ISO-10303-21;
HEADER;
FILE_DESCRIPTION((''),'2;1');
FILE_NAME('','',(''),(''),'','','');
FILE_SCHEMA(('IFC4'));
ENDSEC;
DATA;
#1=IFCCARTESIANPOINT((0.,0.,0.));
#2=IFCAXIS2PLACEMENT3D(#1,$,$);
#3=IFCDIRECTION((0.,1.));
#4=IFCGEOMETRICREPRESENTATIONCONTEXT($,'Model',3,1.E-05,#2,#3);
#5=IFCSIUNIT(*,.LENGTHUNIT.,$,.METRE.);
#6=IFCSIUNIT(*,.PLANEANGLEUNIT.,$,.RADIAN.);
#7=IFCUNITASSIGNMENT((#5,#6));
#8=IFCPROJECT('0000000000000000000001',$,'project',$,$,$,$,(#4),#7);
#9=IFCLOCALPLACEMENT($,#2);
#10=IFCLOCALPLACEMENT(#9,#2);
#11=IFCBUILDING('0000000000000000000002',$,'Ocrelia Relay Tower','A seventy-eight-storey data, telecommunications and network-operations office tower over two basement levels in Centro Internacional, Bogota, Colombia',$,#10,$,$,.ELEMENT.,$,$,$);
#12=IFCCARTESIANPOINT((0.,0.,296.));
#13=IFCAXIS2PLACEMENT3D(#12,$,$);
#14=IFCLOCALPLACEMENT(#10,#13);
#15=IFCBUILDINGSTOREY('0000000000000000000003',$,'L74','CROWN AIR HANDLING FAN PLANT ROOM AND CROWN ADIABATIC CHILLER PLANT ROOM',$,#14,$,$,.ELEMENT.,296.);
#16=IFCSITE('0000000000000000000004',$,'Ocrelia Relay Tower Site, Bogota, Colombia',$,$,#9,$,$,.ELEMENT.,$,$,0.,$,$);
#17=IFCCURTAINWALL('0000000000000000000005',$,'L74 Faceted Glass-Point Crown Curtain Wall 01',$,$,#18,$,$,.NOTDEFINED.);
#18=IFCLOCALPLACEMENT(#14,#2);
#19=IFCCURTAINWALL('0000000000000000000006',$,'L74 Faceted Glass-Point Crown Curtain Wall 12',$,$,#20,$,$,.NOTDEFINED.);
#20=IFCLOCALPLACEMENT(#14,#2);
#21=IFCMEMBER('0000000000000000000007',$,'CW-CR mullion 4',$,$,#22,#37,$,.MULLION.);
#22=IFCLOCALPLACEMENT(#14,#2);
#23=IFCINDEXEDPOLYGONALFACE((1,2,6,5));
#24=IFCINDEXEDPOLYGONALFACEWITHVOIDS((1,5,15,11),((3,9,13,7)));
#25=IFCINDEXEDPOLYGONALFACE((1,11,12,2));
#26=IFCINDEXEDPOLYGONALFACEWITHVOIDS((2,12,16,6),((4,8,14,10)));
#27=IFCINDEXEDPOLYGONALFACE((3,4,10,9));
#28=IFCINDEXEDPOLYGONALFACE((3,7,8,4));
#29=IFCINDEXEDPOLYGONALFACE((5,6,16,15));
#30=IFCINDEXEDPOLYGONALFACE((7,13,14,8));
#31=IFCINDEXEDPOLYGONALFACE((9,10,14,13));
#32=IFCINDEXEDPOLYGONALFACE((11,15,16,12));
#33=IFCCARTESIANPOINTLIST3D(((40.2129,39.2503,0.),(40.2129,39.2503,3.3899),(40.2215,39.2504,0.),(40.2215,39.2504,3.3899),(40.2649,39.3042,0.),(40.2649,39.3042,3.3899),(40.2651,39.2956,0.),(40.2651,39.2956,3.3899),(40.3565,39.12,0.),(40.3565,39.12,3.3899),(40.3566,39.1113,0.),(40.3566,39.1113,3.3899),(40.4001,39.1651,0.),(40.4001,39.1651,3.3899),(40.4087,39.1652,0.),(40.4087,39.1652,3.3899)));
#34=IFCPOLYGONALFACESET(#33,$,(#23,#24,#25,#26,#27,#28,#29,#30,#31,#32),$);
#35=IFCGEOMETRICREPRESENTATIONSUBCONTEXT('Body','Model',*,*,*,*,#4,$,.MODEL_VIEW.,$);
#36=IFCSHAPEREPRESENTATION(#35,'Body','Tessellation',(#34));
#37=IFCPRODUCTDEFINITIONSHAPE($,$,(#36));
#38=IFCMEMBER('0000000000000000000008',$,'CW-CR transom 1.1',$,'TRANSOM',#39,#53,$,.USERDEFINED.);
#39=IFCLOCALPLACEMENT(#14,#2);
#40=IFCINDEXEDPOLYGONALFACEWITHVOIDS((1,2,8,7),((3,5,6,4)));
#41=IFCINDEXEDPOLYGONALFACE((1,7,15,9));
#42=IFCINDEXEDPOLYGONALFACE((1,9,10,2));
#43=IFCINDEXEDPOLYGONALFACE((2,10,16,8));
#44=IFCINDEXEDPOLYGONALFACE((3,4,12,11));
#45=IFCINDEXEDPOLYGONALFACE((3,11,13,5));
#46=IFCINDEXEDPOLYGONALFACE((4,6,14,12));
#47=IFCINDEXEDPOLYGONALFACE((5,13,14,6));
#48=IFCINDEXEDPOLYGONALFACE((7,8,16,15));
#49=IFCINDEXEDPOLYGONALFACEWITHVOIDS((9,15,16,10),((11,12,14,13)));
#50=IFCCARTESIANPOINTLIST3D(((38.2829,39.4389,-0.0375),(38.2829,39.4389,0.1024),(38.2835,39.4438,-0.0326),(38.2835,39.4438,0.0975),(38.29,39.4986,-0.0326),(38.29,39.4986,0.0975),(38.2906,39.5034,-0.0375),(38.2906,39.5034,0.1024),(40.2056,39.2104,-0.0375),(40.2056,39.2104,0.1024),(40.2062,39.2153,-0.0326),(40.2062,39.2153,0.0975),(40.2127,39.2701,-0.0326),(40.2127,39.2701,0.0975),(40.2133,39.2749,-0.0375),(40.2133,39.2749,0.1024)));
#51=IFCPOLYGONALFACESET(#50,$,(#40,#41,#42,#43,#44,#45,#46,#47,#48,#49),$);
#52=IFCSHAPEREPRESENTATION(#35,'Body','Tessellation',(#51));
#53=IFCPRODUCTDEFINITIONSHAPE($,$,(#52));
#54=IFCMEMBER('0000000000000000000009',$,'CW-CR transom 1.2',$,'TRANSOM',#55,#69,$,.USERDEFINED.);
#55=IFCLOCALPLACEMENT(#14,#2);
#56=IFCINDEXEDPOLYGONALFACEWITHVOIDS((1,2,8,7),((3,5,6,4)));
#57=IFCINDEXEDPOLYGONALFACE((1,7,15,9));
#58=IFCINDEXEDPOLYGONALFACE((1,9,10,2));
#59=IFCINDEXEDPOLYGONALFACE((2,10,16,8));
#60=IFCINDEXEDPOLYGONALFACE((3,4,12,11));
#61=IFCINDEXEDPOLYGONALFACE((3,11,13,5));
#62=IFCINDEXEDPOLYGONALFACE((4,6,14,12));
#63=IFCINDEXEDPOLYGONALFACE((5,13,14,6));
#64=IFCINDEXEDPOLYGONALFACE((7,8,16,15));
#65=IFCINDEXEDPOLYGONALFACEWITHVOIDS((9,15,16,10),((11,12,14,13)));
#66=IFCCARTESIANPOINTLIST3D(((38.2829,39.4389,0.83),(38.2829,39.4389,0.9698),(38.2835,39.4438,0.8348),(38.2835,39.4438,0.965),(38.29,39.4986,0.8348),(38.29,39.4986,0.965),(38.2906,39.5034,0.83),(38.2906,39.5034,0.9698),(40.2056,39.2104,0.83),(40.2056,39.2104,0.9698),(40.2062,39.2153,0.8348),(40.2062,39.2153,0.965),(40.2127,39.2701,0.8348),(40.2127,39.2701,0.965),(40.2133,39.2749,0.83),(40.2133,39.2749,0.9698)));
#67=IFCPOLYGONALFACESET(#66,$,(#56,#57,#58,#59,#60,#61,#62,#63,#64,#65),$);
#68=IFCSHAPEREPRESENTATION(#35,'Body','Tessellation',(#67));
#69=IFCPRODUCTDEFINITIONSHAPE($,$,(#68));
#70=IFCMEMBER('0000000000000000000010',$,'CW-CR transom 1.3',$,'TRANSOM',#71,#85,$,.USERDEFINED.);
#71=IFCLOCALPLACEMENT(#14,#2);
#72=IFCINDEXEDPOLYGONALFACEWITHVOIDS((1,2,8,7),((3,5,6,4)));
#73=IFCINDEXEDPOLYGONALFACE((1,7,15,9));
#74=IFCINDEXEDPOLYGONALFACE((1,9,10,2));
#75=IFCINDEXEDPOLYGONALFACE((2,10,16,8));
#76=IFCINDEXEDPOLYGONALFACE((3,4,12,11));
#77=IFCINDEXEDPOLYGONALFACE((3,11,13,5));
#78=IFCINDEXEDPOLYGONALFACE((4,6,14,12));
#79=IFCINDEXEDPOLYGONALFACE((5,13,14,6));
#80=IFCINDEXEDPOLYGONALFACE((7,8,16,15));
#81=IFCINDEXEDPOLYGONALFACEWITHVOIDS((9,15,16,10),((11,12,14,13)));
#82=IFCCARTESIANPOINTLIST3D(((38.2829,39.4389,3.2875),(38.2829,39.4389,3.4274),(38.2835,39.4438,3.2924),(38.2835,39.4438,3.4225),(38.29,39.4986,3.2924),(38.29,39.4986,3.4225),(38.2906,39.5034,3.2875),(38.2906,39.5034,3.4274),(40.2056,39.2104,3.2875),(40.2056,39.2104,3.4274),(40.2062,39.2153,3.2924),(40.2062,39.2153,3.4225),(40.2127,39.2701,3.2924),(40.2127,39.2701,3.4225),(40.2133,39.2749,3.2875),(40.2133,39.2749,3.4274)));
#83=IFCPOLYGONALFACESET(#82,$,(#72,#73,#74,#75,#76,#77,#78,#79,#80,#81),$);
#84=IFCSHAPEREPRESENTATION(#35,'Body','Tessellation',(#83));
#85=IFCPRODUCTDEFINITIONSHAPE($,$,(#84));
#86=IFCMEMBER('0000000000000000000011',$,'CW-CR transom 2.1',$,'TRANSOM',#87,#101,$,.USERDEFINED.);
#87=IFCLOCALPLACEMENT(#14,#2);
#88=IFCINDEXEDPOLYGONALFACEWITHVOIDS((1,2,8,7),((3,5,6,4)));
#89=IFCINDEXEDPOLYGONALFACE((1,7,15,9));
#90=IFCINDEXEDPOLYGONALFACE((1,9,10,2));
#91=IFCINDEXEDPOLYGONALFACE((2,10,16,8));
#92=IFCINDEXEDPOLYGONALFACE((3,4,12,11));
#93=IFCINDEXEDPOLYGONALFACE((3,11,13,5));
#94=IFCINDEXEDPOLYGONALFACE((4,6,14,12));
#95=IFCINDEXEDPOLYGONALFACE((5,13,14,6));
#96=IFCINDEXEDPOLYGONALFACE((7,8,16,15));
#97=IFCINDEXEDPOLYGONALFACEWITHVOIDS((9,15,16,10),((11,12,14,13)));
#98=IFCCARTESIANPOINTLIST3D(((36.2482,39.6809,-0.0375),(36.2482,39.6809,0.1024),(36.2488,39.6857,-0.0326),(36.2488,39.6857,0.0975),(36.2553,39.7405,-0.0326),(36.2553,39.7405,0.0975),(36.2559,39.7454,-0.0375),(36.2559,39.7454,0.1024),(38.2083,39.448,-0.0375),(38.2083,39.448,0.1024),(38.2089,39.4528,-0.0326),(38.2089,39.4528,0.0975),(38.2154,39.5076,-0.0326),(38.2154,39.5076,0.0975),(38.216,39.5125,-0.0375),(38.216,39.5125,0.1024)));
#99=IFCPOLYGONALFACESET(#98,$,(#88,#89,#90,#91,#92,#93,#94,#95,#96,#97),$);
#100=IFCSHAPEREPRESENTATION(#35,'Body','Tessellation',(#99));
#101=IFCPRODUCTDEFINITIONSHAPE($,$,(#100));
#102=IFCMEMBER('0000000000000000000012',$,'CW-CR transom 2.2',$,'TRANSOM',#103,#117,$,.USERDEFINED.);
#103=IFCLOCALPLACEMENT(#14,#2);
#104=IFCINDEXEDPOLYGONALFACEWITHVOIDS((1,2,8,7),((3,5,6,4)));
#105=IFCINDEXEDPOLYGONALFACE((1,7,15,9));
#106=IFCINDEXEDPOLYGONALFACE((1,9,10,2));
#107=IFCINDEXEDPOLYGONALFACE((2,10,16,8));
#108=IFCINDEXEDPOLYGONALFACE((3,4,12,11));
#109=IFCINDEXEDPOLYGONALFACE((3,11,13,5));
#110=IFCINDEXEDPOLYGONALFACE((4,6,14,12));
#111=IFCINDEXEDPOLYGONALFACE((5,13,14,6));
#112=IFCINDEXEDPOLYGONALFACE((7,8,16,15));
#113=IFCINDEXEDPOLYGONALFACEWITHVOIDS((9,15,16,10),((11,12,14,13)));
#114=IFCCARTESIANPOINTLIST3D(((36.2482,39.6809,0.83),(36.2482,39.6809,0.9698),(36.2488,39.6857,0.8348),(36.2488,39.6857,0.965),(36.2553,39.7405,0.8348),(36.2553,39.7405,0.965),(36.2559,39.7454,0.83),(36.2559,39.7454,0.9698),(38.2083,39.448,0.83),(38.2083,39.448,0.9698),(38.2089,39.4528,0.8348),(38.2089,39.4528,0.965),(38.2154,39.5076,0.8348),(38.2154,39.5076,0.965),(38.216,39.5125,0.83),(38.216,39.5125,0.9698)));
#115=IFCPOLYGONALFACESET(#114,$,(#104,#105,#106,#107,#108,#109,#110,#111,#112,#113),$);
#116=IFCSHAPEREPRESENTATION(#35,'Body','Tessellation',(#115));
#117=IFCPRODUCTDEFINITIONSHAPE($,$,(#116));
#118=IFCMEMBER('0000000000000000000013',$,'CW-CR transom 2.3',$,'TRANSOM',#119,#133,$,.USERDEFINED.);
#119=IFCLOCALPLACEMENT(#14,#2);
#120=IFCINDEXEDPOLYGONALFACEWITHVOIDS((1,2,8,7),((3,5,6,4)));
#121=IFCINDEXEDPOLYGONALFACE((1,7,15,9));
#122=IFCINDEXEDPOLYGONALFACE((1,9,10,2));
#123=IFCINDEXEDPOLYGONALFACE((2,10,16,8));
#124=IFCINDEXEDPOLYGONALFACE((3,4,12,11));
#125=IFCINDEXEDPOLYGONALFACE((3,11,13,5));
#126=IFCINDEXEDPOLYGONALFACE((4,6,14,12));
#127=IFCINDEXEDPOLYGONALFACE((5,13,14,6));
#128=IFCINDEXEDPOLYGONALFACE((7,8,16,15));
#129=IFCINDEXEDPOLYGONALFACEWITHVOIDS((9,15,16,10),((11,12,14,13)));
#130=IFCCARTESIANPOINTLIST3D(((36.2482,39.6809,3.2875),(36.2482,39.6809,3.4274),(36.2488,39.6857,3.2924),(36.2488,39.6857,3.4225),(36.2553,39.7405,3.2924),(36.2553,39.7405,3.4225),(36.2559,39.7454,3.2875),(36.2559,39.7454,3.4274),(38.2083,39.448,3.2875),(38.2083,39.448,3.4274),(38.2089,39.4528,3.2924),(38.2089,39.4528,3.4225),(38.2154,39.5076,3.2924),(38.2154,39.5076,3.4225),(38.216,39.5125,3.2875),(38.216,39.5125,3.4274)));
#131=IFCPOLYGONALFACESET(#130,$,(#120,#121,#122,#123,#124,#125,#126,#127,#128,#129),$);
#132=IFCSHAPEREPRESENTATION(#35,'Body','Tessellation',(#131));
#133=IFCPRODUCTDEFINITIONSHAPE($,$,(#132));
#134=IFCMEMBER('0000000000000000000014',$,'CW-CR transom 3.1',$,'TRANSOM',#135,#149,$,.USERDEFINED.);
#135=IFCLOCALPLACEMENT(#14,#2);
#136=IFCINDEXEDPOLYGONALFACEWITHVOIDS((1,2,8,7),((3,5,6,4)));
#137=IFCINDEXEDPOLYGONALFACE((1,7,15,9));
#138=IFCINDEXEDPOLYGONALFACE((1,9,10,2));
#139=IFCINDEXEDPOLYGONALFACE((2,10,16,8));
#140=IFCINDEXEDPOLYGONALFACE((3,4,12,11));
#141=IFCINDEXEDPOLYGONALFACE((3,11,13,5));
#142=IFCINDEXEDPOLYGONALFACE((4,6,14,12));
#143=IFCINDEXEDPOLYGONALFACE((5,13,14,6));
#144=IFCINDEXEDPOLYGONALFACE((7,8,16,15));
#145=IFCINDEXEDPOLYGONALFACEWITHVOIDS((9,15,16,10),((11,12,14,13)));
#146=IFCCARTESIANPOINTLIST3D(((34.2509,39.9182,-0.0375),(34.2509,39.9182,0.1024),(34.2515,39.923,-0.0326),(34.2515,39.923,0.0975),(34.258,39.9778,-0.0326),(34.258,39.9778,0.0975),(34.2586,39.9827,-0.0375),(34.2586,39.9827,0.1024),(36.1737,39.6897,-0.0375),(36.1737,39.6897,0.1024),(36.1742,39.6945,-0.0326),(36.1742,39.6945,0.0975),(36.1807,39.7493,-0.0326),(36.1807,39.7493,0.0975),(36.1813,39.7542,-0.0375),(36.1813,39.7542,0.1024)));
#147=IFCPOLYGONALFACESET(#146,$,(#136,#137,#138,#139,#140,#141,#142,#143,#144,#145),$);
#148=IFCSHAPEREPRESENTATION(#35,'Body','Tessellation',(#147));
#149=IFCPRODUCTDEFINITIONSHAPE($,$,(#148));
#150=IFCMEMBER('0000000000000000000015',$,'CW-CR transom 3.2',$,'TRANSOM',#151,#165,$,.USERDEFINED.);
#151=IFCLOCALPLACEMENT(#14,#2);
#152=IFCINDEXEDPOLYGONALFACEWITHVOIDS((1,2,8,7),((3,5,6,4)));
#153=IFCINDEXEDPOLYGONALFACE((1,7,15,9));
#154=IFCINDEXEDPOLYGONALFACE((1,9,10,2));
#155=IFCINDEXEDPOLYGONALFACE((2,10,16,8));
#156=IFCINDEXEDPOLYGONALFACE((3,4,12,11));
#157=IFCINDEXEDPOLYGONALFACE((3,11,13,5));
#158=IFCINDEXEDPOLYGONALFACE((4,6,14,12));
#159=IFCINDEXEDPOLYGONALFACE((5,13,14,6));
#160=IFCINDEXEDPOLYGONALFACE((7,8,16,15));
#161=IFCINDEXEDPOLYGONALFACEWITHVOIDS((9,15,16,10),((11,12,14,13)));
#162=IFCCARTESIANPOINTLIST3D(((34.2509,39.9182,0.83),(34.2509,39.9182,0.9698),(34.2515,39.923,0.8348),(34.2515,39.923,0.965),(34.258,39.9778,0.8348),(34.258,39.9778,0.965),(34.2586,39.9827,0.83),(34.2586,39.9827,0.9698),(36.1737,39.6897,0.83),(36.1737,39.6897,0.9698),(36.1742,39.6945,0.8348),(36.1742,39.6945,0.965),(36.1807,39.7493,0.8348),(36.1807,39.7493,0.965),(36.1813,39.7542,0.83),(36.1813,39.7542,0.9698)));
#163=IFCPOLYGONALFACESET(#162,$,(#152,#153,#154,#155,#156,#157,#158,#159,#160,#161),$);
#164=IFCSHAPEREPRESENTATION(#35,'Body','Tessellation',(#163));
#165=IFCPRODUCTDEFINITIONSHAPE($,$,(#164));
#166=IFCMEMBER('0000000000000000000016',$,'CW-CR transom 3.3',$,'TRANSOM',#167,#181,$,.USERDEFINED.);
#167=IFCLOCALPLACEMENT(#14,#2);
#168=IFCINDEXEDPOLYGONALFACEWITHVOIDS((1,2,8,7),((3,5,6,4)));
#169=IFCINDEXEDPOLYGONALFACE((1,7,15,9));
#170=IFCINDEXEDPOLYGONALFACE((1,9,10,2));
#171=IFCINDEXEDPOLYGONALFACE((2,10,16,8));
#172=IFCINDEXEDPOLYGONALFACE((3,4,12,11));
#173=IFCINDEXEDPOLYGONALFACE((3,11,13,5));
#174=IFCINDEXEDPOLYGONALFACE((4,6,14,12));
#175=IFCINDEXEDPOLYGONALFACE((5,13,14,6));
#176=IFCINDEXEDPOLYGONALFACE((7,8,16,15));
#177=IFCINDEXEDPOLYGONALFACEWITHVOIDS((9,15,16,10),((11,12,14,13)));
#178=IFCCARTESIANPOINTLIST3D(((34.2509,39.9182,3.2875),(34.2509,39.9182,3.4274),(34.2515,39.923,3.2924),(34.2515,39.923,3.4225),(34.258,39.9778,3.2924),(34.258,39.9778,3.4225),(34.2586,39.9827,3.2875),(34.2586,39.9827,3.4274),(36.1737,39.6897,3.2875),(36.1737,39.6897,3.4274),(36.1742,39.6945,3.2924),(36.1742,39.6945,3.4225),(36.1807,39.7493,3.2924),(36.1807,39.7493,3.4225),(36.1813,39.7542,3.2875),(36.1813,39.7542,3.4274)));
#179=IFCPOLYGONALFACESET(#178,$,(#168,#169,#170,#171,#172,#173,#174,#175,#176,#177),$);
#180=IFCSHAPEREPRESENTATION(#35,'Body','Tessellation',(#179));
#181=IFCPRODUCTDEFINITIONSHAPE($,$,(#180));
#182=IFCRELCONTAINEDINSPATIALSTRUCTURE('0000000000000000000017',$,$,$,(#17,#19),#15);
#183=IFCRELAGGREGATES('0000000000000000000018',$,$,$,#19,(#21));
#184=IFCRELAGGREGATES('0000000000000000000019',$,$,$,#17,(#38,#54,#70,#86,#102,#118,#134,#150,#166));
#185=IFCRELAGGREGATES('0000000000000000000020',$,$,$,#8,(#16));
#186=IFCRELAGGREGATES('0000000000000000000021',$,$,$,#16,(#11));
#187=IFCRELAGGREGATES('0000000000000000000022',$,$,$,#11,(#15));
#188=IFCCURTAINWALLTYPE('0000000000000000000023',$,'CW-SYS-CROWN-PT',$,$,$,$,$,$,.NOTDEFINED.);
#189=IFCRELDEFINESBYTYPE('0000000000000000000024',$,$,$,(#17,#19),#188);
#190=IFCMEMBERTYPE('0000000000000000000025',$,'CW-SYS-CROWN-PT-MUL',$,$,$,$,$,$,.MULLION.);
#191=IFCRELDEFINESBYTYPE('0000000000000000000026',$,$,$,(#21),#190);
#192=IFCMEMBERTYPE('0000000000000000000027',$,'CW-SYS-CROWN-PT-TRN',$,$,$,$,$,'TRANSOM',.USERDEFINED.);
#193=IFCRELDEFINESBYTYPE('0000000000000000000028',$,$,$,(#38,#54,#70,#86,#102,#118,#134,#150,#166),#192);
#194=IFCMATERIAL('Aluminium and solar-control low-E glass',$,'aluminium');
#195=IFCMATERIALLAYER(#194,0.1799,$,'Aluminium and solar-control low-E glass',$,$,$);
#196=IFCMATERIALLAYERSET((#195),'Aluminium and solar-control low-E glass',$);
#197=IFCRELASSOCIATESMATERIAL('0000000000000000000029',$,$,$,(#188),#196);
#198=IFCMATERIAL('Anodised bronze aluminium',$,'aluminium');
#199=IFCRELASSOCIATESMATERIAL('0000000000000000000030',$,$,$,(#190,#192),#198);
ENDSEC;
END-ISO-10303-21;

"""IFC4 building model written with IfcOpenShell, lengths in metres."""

from ifc_helpers import new_model, si_unit, direction, frame, origin, origin_2d, place, context, subcontext, project, spatial, hollow_rectangle, extrude, material, layer, layer_set, material_profile, profile_set, type_object, element, aggregate, save


model = new_model("IFC4")

# Units and contexts
model_context = context("Model", 3, precision=1e-05, world=origin(), true_north=direction((0.0, 1.0)))
body_context = subcontext(model_context, "Body", "Model", "MODEL_VIEW")
ifc_project = project(units=[si_unit("LENGTHUNIT", "METRE"), si_unit("PLANEANGLEUNIT", "RADIAN")], contexts=[model_context])

# Site, building, storey
site_placement = place(None, origin())
site = spatial("IfcSite", under=ifc_project, at=site_placement, Name="Ocrelia Relay Tower Site, Bogota, Colombia", CompositionType="ELEMENT", RefElevation=0.0)
building_placement = place(site_placement, origin())
building = spatial("IfcBuilding", under=site, at=building_placement, Name="Ocrelia Relay Tower", Description="A seventy-eight-storey data, telecommunications and network-operations office tower over two basement levels in Centro Internacional, Bogota, Colombia", CompositionType="ELEMENT")
storey_placement = place(building_placement, frame((0.0, 0.0, 296.0)))
storey = spatial("IfcBuildingStorey", under=building, at=storey_placement, Name="L74", Description="CROWN AIR HANDLING FAN PLANT ROOM AND CROWN ADIABATIC CHILLER PLANT ROOM", CompositionType="ELEMENT", Elevation=296.0)

# Curtain wall
ifc_material_1 = material(Name="Aluminium and solar-control low-E glass", Category="aluminium")
ifc_layer_1 = layer(ifc_material_1, 0.1799, Name="Aluminium and solar-control low-E glass")
ifc_layer_set_1 = layer_set([ifc_layer_1], Name="Aluminium and solar-control low-E glass")
curtain_wall_type = type_object("IfcCurtainWallType", Name="CW-SYS-CROWN-PT", PredefinedType="NOTDEFINED", material=ifc_layer_set_1)
curtain_wall_1_placement = place(storey_placement, origin())
curtain_wall_1 = element("IfcCurtainWall", 1, at=curtain_wall_1_placement, inside=storey, type_object=curtain_wall_type, Name="L74 Faceted Glass-Point Crown Curtain Wall 01", PredefinedType="NOTDEFINED")
ifc_material_2 = material(Name="Anodised bronze aluminium", Category="aluminium")
ifc_material_profile_1 = material_profile(ifc_material_2, hollow_rectangle(XDim=0.075, YDim=0.2, WallThickness=0.0061, at=origin_2d()), Name="CW-MUL-200x75")
ifc_profile_set_1 = profile_set([ifc_material_profile_1], Name="Anodised bronze aluminium")
member_type_1 = type_object("IfcMemberType", Name="CW-SYS-CROWN-PT-MUL", PredefinedType="MULLION", material=ifc_profile_set_1)

# Curtain wall, member
curtain_wall_2_placement = place(storey_placement, origin())
curtain_wall_2 = element("IfcCurtainWall", 2, at=curtain_wall_2_placement, inside=storey, type_object=curtain_wall_type, Name="L74 Faceted Glass-Point Crown Curtain Wall 12", PredefinedType="NOTDEFINED")
member_1_placement = place(storey_placement, frame((40.3108, 39.2078, 0.0), z_axis=(0.0, 0.0, 1.0), x_axis=(-0.694932, -0.719075, 0.0)))
member_1 = element("IfcMember", 3, at=member_1_placement, type_object=member_type_1, Name="CW-CR mullion 4", PredefinedType="MULLION", context=body_context, shape_type="SweptSolid", body=[
    extrude(hollow_rectangle(XDim=0.075, YDim=0.2, WallThickness=0.0061, at=origin_2d()), origin(), (0.0, 0.0, 1.0), 3.3899),
])
aggregate(curtain_wall_2, [member_1])

# Members
ifc_material_profile_2 = material_profile(ifc_material_2, hollow_rectangle(XDim=0.0649, YDim=0.1399, WallThickness=0.0049, at=origin_2d()), Name="CW-TRN-140x65")
ifc_profile_set_2 = profile_set([ifc_material_profile_2], Name="Anodised bronze aluminium")
member_type_2 = type_object("IfcMemberType", Name="CW-SYS-CROWN-PT-TRN", ElementType="TRANSOM", PredefinedType="USERDEFINED", material=ifc_profile_set_2)
member_2_placement = place(storey_placement, frame((40.2095, 39.2427, 0.0325), z_axis=(-0.993012, 0.118012, 0.0), x_axis=(-0.118012, -0.993012, 0.0)))
member_2 = element("IfcMember", 4, at=member_2_placement, type_object=member_type_2, Name="CW-CR transom 1.1", ObjectType="TRANSOM", PredefinedType="USERDEFINED", context=body_context, shape_type="SweptSolid", body=[
    extrude(hollow_rectangle(XDim=0.0649, YDim=0.1399, WallThickness=0.0049, at=origin_2d()), origin(), (0.0, 0.0, 1.0), 1.9363),
])
member_3_placement = place(storey_placement, frame((40.2095, 39.2427, 0.8999), z_axis=(-0.993012, 0.118012, 0.0), x_axis=(-0.118012, -0.993012, 0.0)))
member_3 = element("IfcMember", 5, at=member_3_placement, type_object=member_type_2, Name="CW-CR transom 1.2", ObjectType="TRANSOM", PredefinedType="USERDEFINED", context=body_context, shape_type="SweptSolid", body=[
    extrude(hollow_rectangle(XDim=0.0649, YDim=0.1399, WallThickness=0.0049, at=origin_2d()), origin(), (0.0, 0.0, 1.0), 1.9363),
])
member_4_placement = place(storey_placement, frame((40.2095, 39.2427, 3.3574), z_axis=(-0.993012, 0.118012, 0.0), x_axis=(-0.118012, -0.993012, 0.0)))
member_4 = element("IfcMember", 6, at=member_4_placement, type_object=member_type_2, Name="CW-CR transom 1.3", ObjectType="TRANSOM", PredefinedType="USERDEFINED", context=body_context, shape_type="SweptSolid", body=[
    extrude(hollow_rectangle(XDim=0.0649, YDim=0.1399, WallThickness=0.0049, at=origin_2d()), origin(), (0.0, 0.0, 1.0), 1.9363),
])
member_5_placement = place(storey_placement, frame((38.2122, 39.4802, 0.0325), z_axis=(-0.993015, 0.117989, 0.0), x_axis=(-0.117989, -0.993015, 0.0)))
member_5 = element("IfcMember", 7, at=member_5_placement, type_object=member_type_2, Name="CW-CR transom 2.1", ObjectType="TRANSOM", PredefinedType="USERDEFINED", context=body_context, shape_type="SweptSolid", body=[
    extrude(hollow_rectangle(XDim=0.0649, YDim=0.1399, WallThickness=0.0049, at=origin_2d()), origin(), (0.0, 0.0, 1.0), 1.9739),
])
member_6_placement = place(storey_placement, frame((38.2122, 39.4802, 0.8999), z_axis=(-0.993015, 0.117989, 0.0), x_axis=(-0.117989, -0.993015, 0.0)))
member_6 = element("IfcMember", 8, at=member_6_placement, type_object=member_type_2, Name="CW-CR transom 2.2", ObjectType="TRANSOM", PredefinedType="USERDEFINED", context=body_context, shape_type="SweptSolid", body=[
    extrude(hollow_rectangle(XDim=0.0649, YDim=0.1399, WallThickness=0.0049, at=origin_2d()), origin(), (0.0, 0.0, 1.0), 1.9739),
])
member_7_placement = place(storey_placement, frame((38.2122, 39.4802, 3.3574), z_axis=(-0.993015, 0.117989, 0.0), x_axis=(-0.117989, -0.993015, 0.0)))
member_7 = element("IfcMember", 9, at=member_7_placement, type_object=member_type_2, Name="CW-CR transom 2.3", ObjectType="TRANSOM", PredefinedType="USERDEFINED", context=body_context, shape_type="SweptSolid", body=[
    extrude(hollow_rectangle(XDim=0.0649, YDim=0.1399, WallThickness=0.0049, at=origin_2d()), origin(), (0.0, 0.0, 1.0), 1.9739),
])
member_8_placement = place(storey_placement, frame((36.1775, 39.7219, 0.0325), z_axis=(-0.993012, 0.118012, 0.0), x_axis=(-0.118012, -0.993012, 0.0)))
member_8 = element("IfcMember", 10, at=member_8_placement, type_object=member_type_2, Name="CW-CR transom 3.1", ObjectType="TRANSOM", PredefinedType="USERDEFINED", context=body_context, shape_type="SweptSolid", body=[
    extrude(hollow_rectangle(XDim=0.0649, YDim=0.1399, WallThickness=0.0049, at=origin_2d()), origin(), (0.0, 0.0, 1.0), 1.9363),
])
member_9_placement = place(storey_placement, frame((36.1775, 39.7219, 0.8999), z_axis=(-0.993012, 0.118012, 0.0), x_axis=(-0.118012, -0.993012, 0.0)))
member_9 = element("IfcMember", 11, at=member_9_placement, type_object=member_type_2, Name="CW-CR transom 3.2", ObjectType="TRANSOM", PredefinedType="USERDEFINED", context=body_context, shape_type="SweptSolid", body=[
    extrude(hollow_rectangle(XDim=0.0649, YDim=0.1399, WallThickness=0.0049, at=origin_2d()), origin(), (0.0, 0.0, 1.0), 1.9363),
])
member_10_placement = place(storey_placement, frame((36.1775, 39.7219, 3.3574), z_axis=(-0.993012, 0.118012, 0.0), x_axis=(-0.118012, -0.993012, 0.0)))
member_10 = element("IfcMember", 12, at=member_10_placement, type_object=member_type_2, Name="CW-CR transom 3.3", ObjectType="TRANSOM", PredefinedType="USERDEFINED", context=body_context, shape_type="SweptSolid", body=[
    extrude(hollow_rectangle(XDim=0.0649, YDim=0.1399, WallThickness=0.0049, at=origin_2d()), origin(), (0.0, 0.0, 1.0), 1.9363),
])

aggregate(curtain_wall_1, [member_2, member_3, member_4, member_5, member_6, member_7, member_8, member_9, member_10])

save(model, "model.ifc")
